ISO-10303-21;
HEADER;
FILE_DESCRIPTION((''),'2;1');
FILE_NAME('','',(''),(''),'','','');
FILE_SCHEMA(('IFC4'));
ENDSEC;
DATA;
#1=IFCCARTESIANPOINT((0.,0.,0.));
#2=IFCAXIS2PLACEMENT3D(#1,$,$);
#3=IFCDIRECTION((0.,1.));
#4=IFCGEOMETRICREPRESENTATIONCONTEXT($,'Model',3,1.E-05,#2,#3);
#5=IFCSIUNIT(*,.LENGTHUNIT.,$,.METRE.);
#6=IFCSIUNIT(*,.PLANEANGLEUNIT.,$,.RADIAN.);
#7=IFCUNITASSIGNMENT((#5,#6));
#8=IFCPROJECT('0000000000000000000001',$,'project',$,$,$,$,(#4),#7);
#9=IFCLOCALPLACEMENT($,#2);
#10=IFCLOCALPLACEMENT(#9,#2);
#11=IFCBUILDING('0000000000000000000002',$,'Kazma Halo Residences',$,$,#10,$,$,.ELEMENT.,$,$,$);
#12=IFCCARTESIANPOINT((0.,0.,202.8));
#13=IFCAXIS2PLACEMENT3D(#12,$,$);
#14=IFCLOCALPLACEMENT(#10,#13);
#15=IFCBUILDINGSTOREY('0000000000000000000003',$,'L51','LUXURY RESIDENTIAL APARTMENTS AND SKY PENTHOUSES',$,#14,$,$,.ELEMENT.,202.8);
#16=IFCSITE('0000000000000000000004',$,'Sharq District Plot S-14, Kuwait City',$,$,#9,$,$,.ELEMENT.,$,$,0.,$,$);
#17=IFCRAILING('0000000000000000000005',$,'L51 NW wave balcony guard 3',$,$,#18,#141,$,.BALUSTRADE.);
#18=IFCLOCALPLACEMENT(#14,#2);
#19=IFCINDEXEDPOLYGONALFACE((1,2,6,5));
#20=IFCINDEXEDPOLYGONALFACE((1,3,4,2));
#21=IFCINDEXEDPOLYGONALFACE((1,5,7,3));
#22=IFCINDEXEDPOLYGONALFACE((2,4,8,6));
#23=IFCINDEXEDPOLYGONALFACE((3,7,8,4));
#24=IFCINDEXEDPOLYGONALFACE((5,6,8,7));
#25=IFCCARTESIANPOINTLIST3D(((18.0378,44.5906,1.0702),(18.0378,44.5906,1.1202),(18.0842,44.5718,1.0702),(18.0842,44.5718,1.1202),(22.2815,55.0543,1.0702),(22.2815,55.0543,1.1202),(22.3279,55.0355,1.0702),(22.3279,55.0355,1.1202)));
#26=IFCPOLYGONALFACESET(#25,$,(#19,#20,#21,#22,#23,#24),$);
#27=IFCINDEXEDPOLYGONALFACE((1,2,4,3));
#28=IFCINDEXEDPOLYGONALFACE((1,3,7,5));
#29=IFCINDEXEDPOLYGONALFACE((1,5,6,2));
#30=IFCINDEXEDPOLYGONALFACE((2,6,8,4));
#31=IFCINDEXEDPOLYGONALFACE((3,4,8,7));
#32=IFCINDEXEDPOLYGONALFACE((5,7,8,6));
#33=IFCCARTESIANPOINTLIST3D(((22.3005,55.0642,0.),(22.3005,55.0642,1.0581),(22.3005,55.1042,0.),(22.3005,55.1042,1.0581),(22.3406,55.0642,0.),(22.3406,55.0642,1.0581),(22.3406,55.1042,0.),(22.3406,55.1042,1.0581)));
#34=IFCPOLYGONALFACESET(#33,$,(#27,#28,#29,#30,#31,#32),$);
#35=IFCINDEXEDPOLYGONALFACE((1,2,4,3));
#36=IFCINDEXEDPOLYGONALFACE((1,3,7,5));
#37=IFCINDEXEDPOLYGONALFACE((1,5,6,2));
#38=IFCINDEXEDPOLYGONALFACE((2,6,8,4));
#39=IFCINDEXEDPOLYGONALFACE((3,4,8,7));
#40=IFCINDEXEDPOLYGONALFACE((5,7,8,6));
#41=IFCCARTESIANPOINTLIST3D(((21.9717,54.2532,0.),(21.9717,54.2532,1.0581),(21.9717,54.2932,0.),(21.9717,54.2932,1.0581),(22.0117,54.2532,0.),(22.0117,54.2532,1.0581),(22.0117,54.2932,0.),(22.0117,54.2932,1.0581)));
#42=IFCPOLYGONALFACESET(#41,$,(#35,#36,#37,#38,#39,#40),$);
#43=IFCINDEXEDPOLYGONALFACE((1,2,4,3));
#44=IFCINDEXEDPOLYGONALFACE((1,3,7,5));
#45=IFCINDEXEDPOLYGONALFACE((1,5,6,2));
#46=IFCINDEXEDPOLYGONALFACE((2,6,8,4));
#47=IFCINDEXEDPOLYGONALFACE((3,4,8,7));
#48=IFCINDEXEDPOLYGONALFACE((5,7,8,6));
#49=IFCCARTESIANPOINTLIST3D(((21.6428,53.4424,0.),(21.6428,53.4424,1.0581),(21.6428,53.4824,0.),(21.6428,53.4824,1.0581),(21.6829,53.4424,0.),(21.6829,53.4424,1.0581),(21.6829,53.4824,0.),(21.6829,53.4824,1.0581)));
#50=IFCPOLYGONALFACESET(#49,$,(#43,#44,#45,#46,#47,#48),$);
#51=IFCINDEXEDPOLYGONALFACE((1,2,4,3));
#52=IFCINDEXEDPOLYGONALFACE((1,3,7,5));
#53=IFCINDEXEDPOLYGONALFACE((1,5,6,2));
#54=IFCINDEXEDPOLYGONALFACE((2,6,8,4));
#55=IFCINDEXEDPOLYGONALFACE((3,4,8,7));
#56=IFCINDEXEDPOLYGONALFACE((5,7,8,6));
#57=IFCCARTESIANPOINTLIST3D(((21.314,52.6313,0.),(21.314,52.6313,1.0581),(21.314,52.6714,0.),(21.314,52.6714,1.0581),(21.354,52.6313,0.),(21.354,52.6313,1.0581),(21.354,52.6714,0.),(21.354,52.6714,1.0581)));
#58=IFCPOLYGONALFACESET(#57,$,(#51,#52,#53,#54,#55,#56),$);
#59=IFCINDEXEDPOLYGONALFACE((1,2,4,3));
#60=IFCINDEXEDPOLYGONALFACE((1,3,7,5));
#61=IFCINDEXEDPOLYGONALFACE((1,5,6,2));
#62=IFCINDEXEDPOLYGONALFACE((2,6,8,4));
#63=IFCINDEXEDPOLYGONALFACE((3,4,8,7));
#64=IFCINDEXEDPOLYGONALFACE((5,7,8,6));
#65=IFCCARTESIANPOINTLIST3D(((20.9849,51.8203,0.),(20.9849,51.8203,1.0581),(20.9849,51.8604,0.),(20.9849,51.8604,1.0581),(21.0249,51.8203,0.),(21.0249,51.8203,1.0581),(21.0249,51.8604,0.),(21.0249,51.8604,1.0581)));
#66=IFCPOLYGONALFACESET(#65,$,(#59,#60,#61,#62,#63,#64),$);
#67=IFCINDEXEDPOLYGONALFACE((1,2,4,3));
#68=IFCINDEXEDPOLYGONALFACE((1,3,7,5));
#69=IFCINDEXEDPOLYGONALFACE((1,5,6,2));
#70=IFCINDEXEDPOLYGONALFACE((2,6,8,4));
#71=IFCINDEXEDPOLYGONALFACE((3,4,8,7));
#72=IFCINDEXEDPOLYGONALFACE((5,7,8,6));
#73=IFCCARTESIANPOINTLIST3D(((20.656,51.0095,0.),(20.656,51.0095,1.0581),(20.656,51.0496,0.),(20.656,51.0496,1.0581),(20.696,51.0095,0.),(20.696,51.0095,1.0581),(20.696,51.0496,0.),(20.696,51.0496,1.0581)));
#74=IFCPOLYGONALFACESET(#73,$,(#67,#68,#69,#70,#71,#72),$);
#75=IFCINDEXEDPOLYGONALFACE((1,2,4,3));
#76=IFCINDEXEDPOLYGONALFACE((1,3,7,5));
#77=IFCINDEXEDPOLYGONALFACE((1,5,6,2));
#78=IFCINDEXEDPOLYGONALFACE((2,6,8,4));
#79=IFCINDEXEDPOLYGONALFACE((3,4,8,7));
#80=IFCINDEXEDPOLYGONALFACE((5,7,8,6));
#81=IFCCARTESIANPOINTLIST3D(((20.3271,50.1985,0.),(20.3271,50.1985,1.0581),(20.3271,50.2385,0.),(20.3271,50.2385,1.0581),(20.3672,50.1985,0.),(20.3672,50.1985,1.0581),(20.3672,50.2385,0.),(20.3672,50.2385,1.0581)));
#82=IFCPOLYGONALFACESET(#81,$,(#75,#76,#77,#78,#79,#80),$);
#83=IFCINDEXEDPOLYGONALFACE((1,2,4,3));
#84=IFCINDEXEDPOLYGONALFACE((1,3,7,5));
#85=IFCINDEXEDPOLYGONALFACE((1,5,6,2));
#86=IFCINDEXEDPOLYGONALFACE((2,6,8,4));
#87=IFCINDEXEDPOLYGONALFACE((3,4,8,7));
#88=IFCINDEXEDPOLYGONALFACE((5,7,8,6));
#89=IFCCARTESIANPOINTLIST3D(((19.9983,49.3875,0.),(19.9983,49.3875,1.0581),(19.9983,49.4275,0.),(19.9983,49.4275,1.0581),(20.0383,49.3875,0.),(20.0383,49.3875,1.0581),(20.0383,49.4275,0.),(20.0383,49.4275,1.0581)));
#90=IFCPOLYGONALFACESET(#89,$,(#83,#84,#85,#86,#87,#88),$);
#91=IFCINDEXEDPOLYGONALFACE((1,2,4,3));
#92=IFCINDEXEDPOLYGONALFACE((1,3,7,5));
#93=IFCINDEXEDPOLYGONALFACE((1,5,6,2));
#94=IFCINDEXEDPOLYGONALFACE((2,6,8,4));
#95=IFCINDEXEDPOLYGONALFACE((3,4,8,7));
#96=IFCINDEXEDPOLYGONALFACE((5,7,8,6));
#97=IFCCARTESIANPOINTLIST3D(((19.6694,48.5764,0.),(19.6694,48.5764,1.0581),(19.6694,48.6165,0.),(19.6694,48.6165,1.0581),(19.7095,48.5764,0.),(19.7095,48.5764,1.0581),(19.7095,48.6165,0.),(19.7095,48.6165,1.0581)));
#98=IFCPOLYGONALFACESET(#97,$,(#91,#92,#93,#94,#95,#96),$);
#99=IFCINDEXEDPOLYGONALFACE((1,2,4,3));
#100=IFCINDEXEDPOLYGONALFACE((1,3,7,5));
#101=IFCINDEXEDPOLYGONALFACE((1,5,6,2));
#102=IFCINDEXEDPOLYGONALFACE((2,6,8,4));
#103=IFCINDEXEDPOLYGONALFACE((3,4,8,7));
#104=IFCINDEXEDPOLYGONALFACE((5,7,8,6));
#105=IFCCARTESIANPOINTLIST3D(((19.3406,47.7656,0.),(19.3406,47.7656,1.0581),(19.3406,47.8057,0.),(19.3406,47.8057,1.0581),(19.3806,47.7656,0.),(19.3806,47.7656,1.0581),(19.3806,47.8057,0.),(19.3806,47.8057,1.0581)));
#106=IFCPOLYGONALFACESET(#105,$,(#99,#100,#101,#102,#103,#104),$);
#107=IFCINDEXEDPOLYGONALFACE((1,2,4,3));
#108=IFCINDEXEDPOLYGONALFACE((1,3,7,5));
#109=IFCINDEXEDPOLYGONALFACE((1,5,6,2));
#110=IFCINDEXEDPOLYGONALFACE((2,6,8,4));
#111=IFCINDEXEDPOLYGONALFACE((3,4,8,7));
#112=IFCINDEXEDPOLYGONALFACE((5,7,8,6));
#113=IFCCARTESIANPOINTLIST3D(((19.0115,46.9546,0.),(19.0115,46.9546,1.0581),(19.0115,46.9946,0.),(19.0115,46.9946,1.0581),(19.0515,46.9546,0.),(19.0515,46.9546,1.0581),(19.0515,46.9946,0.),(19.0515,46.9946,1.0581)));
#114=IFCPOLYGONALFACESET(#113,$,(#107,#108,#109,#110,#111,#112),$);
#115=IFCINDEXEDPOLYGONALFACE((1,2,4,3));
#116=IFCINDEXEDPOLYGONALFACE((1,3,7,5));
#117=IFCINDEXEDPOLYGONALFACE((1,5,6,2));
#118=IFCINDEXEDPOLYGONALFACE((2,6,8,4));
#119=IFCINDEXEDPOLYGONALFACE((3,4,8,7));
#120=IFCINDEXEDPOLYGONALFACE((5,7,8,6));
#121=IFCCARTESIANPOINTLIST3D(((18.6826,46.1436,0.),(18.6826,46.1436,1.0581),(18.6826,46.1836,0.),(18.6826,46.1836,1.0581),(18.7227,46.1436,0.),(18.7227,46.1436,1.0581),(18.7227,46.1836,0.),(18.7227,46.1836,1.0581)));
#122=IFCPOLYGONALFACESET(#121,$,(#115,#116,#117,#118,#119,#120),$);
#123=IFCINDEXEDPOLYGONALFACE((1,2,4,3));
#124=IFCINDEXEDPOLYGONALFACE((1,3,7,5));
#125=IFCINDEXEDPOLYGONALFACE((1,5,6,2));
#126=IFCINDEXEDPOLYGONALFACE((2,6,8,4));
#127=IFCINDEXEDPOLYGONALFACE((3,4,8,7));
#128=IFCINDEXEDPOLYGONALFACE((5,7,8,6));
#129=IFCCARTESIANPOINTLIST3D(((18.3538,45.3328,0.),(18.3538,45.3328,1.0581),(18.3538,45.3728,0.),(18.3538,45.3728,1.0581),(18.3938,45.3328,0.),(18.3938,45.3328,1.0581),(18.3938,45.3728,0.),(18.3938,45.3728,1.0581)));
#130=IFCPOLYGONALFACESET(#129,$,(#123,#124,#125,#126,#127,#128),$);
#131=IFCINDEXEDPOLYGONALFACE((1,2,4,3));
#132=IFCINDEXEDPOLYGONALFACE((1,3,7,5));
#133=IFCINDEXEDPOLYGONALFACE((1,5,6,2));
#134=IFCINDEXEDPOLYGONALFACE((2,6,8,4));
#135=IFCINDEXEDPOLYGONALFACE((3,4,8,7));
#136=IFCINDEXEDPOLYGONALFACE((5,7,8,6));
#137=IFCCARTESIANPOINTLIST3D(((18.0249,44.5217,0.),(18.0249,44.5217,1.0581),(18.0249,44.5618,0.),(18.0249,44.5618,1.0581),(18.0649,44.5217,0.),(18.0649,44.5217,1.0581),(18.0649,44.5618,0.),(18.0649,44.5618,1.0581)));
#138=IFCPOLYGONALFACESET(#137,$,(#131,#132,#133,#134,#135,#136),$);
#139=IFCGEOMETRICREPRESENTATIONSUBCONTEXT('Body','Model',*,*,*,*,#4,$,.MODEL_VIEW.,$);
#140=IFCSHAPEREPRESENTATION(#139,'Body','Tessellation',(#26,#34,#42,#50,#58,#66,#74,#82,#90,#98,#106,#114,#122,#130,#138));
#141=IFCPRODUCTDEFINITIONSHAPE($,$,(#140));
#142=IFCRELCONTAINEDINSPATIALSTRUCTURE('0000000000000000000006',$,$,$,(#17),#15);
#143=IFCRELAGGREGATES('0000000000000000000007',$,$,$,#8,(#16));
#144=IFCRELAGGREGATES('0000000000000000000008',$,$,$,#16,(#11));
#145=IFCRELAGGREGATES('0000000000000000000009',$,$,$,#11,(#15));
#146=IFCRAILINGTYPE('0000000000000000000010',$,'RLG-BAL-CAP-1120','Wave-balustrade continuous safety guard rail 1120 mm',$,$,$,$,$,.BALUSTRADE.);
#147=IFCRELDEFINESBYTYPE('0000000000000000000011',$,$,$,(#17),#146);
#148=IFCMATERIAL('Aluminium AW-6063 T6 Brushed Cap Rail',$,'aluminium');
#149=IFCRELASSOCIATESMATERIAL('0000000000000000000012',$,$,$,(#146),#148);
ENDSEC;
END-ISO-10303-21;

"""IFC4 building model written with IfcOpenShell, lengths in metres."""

from ifc_helpers import new_model, si_unit, direction, frame, origin, origin_2d, place, context, subcontext, project, spatial, rectangle, extrude, material, type_object, element, save


model = new_model("IFC4")

# Units and contexts
model_context = context("Model", 3, precision=1e-05, world=origin(), true_north=direction((0.0, 1.0)))
body_context = subcontext(model_context, "Body", "Model", "MODEL_VIEW")
ifc_project = project(units=[si_unit("LENGTHUNIT", "METRE"), si_unit("PLANEANGLEUNIT", "RADIAN")], contexts=[model_context])

# Site, building, storey
site_placement = place(None, origin())
site = spatial("IfcSite", under=ifc_project, at=site_placement, Name="Sharq District Plot S-14, Kuwait City", CompositionType="ELEMENT", RefElevation=0.0)
building_placement = place(site_placement, origin())
building = spatial("IfcBuilding", under=site, at=building_placement, Name="Kazma Halo Residences", CompositionType="ELEMENT")
storey_placement = place(building_placement, frame((0.0, 0.0, 202.8)))
storey = spatial("IfcBuildingStorey", under=building, at=storey_placement, Name="L51", Description="LUXURY RESIDENTIAL APARTMENTS AND SKY PENTHOUSES", CompositionType="ELEMENT", Elevation=202.8)

# Railing
ifc_material_1 = material(Name="Aluminium AW-6063 T6 Brushed Cap Rail", Category="aluminium")
railing_type = type_object("IfcRailingType", Name="RLG-BAL-CAP-1120", Description="Wave-balustrade continuous safety guard rail 1120 mm", PredefinedType="BALUSTRADE", material=ifc_material_1)
railing_1_placement = place(storey_placement, frame((22.3206, 55.0842, 0.0)))
element("IfcRailing", 1, at=railing_1_placement, inside=storey, type_object=railing_type, Name="L51 NW wave balcony guard 3", PredefinedType="BALUSTRADE", context=body_context, shape_type="SweptSolid", body=[
    extrude(rectangle(XDim=0.05, YDim=0.05, at=origin_2d()), frame((-0.0159, -0.0393, 1.0952), z_axis=(-0.37583, -0.926689, 0.0), x_axis=(0.926689, -0.37583, 0.0)), (0.0, 0.0, 1.0), 11.2915),
    extrude(rectangle(XDim=0.04, YDim=0.04, at=origin_2d()), origin(), (0.0, 0.0, 1.0), 1.0581),
    extrude(rectangle(XDim=0.04, YDim=0.04, at=origin_2d()), frame((-0.3289, -0.811, 0.0)), (0.0, 0.0, 1.0), 1.0581),
    extrude(rectangle(XDim=0.04, YDim=0.04, at=origin_2d()), frame((-0.6577, -1.6218, 0.0)), (0.0, 0.0, 1.0), 1.0581),
    extrude(rectangle(XDim=0.04, YDim=0.04, at=origin_2d()), frame((-0.9866, -2.4329, 0.0)), (0.0, 0.0, 1.0), 1.0581),
    extrude(rectangle(XDim=0.04, YDim=0.04, at=origin_2d()), frame((-1.3157, -3.2439, 0.0)), (0.0, 0.0, 1.0), 1.0581),
    extrude(rectangle(XDim=0.04, YDim=0.04, at=origin_2d()), frame((-1.6445, -4.0547, 0.0)), (0.0, 0.0, 1.0), 1.0581),
    extrude(rectangle(XDim=0.04, YDim=0.04, at=origin_2d()), frame((-1.9734, -4.8657, 0.0)), (0.0, 0.0, 1.0), 1.0581),
    extrude(rectangle(XDim=0.04, YDim=0.04, at=origin_2d()), frame((-2.3022, -5.6768, 0.0)), (0.0, 0.0, 1.0), 1.0581),
    extrude(rectangle(XDim=0.04, YDim=0.04, at=origin_2d()), frame((-2.6311, -6.4878, 0.0)), (0.0, 0.0, 1.0), 1.0581),
    extrude(rectangle(XDim=0.04, YDim=0.04, at=origin_2d()), frame((-2.96, -7.2986, 0.0)), (0.0, 0.0, 1.0), 1.0581),
    extrude(rectangle(XDim=0.04, YDim=0.04, at=origin_2d()), frame((-3.2891, -8.1096, 0.0)), (0.0, 0.0, 1.0), 1.0581),
    extrude(rectangle(XDim=0.04, YDim=0.04, at=origin_2d()), frame((-3.6179, -8.9207, 0.0)), (0.0, 0.0, 1.0), 1.0581),
    extrude(rectangle(XDim=0.04, YDim=0.04, at=origin_2d()), frame((-3.9468, -9.7314, 0.0)), (0.0, 0.0, 1.0), 1.0581),
    extrude(rectangle(XDim=0.04, YDim=0.04, at=origin_2d()), frame((-4.2756, -10.5425, 0.0)), (0.0, 0.0, 1.0), 1.0581),
])

save(model, "model.ifc")
